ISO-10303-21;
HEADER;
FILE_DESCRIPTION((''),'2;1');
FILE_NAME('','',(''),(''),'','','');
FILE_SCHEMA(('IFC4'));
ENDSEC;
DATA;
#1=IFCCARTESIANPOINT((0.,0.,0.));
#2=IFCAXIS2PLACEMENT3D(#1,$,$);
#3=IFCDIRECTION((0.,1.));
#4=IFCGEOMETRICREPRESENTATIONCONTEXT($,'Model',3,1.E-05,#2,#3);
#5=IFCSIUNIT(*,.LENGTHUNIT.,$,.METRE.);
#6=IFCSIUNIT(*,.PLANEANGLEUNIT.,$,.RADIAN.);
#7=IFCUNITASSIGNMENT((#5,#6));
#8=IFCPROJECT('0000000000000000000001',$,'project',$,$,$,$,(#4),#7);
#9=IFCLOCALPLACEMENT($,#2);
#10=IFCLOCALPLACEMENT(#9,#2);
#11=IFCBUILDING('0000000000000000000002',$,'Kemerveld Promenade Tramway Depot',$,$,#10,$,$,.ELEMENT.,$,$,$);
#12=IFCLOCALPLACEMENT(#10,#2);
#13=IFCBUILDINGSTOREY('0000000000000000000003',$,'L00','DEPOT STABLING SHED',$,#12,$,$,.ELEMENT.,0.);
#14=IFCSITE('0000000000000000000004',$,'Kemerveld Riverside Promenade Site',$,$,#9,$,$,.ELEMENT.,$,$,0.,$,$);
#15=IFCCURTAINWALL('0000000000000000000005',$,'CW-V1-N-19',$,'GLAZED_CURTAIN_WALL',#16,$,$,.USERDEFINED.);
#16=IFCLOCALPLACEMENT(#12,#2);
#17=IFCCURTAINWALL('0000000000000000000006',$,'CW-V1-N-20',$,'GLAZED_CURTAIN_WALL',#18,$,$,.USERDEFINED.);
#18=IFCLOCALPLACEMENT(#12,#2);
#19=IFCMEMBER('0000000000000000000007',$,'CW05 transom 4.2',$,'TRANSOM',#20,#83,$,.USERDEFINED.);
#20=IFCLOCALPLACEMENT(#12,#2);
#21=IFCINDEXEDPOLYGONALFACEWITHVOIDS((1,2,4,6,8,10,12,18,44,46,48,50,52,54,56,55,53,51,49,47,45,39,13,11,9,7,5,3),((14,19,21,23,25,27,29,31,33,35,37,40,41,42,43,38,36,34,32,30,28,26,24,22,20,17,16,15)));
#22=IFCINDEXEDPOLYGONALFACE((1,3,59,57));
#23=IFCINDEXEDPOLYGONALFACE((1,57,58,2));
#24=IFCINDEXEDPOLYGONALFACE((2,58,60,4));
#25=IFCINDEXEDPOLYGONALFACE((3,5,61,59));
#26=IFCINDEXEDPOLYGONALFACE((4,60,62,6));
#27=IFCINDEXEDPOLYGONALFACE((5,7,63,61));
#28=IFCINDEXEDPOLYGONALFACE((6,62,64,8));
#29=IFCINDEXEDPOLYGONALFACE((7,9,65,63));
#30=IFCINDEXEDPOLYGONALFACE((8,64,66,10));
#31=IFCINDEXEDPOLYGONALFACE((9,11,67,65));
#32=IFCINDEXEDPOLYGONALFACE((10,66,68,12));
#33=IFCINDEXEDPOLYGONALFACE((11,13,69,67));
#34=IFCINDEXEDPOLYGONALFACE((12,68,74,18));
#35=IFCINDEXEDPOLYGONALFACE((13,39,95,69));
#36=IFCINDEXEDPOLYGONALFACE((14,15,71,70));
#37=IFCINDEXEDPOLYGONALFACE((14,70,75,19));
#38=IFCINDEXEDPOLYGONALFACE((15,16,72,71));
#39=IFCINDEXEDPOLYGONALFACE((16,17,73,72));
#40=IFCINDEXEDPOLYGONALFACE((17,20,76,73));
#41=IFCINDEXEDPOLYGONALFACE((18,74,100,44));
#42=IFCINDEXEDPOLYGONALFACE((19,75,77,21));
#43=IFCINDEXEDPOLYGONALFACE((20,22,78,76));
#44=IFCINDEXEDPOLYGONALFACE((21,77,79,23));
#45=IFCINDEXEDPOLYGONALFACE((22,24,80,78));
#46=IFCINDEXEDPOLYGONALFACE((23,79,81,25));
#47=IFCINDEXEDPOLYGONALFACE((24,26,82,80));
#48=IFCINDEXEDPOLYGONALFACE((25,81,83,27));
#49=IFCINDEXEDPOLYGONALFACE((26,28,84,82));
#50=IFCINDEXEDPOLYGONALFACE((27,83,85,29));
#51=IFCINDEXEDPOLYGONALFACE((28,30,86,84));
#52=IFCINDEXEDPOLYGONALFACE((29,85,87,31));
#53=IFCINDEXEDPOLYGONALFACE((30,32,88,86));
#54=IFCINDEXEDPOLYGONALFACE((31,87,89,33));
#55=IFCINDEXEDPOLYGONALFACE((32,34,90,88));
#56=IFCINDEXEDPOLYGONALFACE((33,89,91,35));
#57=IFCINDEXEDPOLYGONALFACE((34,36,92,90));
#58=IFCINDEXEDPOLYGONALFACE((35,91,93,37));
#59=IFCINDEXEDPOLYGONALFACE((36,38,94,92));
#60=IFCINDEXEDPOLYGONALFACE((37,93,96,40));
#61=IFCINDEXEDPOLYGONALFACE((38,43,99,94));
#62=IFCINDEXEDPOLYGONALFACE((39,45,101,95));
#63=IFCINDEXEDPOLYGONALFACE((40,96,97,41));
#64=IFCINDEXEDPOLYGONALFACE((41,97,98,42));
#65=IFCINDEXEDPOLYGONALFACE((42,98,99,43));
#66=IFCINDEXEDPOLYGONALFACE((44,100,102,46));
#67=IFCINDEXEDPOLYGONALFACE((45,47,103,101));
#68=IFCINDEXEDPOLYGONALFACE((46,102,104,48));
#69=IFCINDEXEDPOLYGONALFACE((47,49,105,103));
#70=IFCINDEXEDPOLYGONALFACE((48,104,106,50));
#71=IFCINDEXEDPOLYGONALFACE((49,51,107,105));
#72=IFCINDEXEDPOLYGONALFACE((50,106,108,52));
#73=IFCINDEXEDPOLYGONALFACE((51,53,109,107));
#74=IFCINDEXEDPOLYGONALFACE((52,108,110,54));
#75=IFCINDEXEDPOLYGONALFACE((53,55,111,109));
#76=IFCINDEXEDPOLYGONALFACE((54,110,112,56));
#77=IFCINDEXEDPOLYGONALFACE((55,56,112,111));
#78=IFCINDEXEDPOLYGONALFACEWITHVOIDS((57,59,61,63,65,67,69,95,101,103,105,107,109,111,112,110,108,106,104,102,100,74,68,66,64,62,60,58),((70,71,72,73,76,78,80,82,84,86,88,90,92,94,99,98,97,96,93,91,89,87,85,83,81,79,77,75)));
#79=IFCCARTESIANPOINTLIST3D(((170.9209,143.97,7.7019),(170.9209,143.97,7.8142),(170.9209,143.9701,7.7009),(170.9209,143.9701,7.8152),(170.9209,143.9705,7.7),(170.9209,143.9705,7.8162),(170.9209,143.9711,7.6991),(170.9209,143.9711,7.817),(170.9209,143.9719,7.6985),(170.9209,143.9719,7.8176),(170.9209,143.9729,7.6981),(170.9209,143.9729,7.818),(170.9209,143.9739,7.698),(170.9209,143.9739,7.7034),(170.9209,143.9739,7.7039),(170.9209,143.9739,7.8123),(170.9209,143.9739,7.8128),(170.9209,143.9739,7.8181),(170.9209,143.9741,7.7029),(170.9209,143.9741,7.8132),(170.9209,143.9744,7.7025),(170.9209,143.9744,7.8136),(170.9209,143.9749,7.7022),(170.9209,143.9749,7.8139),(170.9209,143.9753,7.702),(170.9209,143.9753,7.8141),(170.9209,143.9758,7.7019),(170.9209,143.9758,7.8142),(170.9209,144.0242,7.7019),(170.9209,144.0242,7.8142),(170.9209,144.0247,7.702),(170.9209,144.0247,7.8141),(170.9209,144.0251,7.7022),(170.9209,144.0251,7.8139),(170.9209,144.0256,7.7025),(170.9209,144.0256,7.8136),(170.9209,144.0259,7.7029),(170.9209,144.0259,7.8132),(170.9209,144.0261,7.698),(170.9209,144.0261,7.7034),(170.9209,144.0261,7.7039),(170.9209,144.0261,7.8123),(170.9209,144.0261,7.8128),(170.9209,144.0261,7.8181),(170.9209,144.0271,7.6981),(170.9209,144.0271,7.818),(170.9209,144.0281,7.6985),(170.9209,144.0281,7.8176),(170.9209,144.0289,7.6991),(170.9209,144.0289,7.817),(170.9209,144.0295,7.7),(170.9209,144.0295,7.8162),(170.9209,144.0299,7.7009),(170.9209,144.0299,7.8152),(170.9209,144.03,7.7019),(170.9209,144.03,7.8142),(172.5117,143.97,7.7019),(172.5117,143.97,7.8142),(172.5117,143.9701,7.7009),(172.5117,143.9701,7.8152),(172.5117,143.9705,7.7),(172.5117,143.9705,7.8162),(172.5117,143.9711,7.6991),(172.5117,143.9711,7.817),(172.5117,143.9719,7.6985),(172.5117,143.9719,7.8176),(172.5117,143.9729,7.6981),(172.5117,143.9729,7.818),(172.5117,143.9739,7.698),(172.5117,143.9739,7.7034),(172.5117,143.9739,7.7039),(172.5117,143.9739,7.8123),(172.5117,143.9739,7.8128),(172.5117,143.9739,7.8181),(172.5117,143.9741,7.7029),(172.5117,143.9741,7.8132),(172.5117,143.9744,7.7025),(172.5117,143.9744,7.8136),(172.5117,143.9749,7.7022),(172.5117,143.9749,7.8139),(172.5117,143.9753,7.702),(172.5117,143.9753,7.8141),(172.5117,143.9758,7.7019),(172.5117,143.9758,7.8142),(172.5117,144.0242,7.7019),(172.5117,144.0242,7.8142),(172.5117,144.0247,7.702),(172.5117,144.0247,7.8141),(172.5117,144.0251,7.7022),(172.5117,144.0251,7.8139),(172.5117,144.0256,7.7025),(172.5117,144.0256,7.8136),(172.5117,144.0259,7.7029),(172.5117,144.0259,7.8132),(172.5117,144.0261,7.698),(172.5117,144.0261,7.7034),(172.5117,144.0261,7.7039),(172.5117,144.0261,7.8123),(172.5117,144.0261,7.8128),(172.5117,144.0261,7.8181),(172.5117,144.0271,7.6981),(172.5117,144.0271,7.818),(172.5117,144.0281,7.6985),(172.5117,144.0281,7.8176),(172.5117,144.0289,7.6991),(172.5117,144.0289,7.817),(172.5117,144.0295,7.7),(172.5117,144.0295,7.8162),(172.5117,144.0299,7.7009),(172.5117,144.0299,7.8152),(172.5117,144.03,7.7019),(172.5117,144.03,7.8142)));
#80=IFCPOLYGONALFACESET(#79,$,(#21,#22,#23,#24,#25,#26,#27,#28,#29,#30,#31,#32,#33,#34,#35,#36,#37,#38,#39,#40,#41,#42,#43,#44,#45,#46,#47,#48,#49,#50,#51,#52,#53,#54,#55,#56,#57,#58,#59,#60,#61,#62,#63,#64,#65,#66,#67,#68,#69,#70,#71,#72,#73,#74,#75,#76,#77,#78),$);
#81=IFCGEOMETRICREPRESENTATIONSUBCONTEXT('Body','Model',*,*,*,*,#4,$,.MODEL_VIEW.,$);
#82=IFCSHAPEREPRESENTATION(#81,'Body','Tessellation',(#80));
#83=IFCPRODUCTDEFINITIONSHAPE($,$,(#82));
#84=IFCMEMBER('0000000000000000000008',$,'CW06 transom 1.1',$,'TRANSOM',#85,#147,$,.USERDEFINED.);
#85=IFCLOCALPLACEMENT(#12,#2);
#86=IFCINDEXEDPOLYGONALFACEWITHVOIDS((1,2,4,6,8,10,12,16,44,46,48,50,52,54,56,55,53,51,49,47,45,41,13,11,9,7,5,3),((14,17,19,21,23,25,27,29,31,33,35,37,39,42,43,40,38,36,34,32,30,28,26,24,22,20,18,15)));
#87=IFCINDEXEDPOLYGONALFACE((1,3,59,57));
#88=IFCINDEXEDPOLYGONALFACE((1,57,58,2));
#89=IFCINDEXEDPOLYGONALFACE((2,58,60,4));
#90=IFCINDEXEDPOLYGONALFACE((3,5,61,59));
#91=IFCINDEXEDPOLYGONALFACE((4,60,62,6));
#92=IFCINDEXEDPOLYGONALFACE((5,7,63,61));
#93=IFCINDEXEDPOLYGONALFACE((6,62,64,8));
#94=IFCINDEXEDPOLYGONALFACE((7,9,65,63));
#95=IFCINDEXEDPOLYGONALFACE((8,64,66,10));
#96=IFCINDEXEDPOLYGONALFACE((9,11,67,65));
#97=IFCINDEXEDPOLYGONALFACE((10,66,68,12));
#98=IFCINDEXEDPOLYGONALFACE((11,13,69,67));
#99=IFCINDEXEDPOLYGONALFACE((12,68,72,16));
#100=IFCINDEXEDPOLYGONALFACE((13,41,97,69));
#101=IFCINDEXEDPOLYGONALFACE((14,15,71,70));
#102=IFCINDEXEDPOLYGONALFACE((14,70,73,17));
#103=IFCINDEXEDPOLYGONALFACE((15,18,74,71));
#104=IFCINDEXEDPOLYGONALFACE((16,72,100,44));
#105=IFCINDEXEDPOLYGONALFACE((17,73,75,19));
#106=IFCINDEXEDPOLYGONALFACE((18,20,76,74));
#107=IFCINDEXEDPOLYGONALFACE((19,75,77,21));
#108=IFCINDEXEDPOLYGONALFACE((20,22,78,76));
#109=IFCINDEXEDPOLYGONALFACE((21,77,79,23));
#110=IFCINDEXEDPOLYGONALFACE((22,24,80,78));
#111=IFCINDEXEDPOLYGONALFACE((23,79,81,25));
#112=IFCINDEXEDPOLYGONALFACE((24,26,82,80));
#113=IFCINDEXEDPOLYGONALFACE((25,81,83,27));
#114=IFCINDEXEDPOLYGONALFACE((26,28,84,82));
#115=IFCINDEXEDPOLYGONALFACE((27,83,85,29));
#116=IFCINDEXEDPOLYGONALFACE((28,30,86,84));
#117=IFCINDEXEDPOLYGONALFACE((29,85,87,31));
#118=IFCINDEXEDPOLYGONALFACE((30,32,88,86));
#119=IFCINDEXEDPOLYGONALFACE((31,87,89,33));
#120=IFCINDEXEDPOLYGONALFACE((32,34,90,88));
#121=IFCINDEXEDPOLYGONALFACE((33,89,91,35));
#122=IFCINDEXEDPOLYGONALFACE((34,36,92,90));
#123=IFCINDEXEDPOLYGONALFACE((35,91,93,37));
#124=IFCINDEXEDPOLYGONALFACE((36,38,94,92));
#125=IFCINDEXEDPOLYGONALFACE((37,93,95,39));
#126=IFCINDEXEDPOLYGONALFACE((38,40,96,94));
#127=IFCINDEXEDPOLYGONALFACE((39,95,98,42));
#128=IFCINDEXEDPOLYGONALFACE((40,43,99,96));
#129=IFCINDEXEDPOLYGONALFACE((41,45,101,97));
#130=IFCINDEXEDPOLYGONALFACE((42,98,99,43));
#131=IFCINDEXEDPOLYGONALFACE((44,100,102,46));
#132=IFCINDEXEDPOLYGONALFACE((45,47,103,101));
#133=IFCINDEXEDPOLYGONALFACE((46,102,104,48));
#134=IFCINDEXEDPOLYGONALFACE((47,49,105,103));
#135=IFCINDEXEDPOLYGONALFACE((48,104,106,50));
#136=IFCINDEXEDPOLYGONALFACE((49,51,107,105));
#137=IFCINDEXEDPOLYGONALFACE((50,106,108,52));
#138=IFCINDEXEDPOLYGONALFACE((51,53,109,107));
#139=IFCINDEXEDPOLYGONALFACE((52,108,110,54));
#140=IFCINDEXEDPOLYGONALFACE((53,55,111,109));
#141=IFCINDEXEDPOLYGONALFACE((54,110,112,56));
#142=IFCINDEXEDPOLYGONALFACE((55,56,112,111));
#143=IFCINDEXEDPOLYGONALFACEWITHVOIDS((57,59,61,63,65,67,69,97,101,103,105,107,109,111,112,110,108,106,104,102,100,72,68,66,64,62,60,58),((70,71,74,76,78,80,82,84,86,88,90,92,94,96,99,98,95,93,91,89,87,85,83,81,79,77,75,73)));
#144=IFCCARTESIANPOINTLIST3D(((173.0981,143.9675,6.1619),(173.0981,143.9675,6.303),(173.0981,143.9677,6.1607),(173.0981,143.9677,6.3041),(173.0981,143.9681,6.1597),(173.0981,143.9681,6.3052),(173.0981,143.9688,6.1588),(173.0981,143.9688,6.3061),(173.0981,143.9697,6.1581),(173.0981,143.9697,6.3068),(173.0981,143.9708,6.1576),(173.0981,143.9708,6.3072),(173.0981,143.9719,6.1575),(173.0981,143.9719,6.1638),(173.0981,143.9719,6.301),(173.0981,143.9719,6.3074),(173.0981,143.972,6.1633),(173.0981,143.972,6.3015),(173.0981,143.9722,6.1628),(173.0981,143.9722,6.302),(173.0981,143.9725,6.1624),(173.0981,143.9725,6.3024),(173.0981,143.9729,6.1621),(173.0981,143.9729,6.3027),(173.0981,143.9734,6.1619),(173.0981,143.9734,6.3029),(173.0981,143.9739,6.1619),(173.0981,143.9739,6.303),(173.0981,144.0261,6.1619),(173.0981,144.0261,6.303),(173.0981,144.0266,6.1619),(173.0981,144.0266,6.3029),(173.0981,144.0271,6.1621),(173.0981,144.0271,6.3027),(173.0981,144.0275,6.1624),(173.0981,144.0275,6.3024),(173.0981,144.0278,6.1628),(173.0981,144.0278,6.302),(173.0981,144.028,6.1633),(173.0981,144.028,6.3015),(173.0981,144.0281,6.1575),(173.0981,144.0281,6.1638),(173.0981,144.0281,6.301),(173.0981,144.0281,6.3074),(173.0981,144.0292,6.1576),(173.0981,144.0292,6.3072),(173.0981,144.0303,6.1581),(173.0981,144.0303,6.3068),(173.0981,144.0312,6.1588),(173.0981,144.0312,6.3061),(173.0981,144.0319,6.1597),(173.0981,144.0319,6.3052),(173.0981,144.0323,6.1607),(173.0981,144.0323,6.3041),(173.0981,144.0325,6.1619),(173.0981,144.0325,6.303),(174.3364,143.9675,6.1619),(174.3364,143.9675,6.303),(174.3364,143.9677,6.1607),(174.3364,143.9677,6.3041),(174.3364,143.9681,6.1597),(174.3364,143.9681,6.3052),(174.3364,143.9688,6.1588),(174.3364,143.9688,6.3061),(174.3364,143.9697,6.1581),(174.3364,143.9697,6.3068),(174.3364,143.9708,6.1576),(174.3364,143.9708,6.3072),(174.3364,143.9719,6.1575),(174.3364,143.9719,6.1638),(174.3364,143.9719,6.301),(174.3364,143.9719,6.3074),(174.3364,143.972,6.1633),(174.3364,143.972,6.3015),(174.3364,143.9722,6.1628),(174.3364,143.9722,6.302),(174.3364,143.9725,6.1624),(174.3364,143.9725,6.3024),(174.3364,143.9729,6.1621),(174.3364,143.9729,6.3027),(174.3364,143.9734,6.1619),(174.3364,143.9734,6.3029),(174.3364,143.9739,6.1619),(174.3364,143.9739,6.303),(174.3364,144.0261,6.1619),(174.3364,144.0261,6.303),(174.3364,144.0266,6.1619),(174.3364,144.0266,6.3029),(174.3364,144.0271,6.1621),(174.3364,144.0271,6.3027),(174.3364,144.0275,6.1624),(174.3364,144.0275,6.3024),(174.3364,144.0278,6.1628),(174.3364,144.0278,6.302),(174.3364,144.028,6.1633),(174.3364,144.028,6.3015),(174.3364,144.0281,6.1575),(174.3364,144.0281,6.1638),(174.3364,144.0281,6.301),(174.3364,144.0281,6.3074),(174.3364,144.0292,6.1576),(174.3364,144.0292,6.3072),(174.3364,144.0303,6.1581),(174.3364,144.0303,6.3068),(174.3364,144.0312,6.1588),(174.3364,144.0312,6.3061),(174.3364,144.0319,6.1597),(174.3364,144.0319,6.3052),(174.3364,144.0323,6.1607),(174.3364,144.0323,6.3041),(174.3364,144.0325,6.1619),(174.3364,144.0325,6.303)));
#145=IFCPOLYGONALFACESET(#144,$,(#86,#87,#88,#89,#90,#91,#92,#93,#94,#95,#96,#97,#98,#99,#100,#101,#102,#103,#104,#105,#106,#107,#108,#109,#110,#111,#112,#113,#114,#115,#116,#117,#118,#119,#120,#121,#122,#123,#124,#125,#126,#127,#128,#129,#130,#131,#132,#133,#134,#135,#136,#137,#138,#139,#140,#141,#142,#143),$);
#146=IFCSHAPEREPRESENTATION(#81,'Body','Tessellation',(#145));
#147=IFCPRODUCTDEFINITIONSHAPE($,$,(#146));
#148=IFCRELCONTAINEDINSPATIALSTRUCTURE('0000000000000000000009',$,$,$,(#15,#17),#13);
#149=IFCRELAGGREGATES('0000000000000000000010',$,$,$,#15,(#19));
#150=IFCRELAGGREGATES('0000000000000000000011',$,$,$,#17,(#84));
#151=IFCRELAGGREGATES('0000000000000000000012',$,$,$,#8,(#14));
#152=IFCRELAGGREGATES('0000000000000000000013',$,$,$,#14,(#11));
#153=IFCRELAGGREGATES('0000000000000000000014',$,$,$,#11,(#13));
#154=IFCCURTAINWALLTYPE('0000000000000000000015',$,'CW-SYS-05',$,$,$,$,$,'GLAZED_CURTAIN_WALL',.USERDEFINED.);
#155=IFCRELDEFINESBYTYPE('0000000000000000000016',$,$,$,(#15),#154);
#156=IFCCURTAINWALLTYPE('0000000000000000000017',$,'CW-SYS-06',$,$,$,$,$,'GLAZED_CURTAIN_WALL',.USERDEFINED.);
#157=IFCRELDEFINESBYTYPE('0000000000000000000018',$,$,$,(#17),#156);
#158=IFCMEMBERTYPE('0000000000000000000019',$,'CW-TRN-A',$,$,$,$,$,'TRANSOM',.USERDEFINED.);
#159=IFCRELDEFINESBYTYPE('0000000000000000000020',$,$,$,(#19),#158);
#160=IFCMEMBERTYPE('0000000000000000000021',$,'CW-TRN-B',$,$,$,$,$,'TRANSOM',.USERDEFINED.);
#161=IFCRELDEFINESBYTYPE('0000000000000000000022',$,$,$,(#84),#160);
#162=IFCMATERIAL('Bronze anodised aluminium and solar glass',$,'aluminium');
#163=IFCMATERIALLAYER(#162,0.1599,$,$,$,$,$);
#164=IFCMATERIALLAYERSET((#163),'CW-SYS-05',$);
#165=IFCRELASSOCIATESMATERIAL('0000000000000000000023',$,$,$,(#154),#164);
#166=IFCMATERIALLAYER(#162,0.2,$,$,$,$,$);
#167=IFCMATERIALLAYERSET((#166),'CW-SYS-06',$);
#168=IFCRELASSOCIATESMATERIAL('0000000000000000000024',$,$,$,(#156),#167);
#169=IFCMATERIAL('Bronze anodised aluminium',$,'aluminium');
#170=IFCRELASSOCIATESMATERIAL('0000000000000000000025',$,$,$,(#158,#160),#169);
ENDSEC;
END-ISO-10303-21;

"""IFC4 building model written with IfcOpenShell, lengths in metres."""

from ifc_helpers import new_model, si_unit, direction, frame, origin, origin_2d, place, context, subcontext, project, spatial, hollow_rectangle, extrude, material, layer, layer_set, material_profile, profile_set, type_object, element, aggregate, save


model = new_model("IFC4")

# Units and contexts
model_context = context("Model", 3, precision=1e-05, world=origin(), true_north=direction((0.0, 1.0)))
body_context = subcontext(model_context, "Body", "Model", "MODEL_VIEW")
ifc_project = project(units=[si_unit("LENGTHUNIT", "METRE"), si_unit("PLANEANGLEUNIT", "RADIAN")], contexts=[model_context])

# Site, building, storey
site_placement = place(None, origin())
site = spatial("IfcSite", under=ifc_project, at=site_placement, Name="Kemerveld Riverside Promenade Site", CompositionType="ELEMENT", RefElevation=0.0)
building_placement = place(site_placement, origin())
building = spatial("IfcBuilding", under=site, at=building_placement, Name="Kemerveld Promenade Tramway Depot", CompositionType="ELEMENT")
storey_placement = place(building_placement, origin())
storey = spatial("IfcBuildingStorey", under=building, at=storey_placement, Name="L00", Description="DEPOT STABLING SHED", CompositionType="ELEMENT", Elevation=0.0)

# Curtain walls
ifc_material_1 = material(Name="Bronze anodised aluminium and solar glass", Category="aluminium")
ifc_layer_1 = layer(ifc_material_1, 0.1599)
ifc_layer_set_1 = layer_set([ifc_layer_1], Name="CW-SYS-05")
curtain_wall_type_1 = type_object("IfcCurtainWallType", Name="CW-SYS-05", ElementType="GLAZED_CURTAIN_WALL", PredefinedType="USERDEFINED", material=ifc_layer_set_1)
curtain_wall_1_placement = place(storey_placement, origin())
curtain_wall_1 = element("IfcCurtainWall", 1, at=curtain_wall_1_placement, inside=storey, type_object=curtain_wall_type_1, Name="CW-V1-N-19", ObjectType="GLAZED_CURTAIN_WALL", PredefinedType="USERDEFINED")
ifc_material_2 = material(Name="Bronze anodised aluminium", Category="aluminium")
ifc_layer_2 = layer(ifc_material_1, 0.2)
ifc_layer_set_2 = layer_set([ifc_layer_2], Name="CW-SYS-06")
curtain_wall_type_2 = type_object("IfcCurtainWallType", Name="CW-SYS-06", ElementType="GLAZED_CURTAIN_WALL", PredefinedType="USERDEFINED", material=ifc_layer_set_2)
curtain_wall_2_placement = place(storey_placement, origin())
curtain_wall_2 = element("IfcCurtainWall", 2, at=curtain_wall_2_placement, inside=storey, type_object=curtain_wall_type_2, Name="CW-V1-N-20", ObjectType="GLAZED_CURTAIN_WALL", PredefinedType="USERDEFINED")

# Members
ifc_material_profile_1 = material_profile(ifc_material_2, hollow_rectangle(XDim=0.0601, YDim=0.1201, WallThickness=0.0039, InnerFilletRadius=0.002, OuterFilletRadius=0.0039, at=origin_2d()), Name="CW-TRN-120x60")
ifc_profile_set_1 = profile_set([ifc_material_profile_1], Name="Bronze anodised aluminium")
member_type_1 = type_object("IfcMemberType", Name="CW-TRN-A", ElementType="TRANSOM", PredefinedType="USERDEFINED", material=ifc_profile_set_1)
member_1_placement = place(storey_placement, frame((170.9209, 144.0, 7.7581), z_axis=(1.0, 0.0, 0.0), x_axis=(0.0, 1.0, 0.0)))
member_1 = element("IfcMember", 3, at=member_1_placement, type_object=member_type_1, Name="CW05 transom 4.2", ObjectType="TRANSOM", PredefinedType="USERDEFINED", context=body_context, shape_type="SweptSolid", body=[
    extrude(hollow_rectangle(XDim=0.0601, YDim=0.1201, WallThickness=0.0039, InnerFilletRadius=0.002, OuterFilletRadius=0.0039, at=origin_2d()), origin(), (0.0, 0.0, 1.0), 1.5908),
])
ifc_material_profile_2 = material_profile(ifc_material_2, hollow_rectangle(XDim=0.0649, YDim=0.1499, WallThickness=0.0044, InnerFilletRadius=0.002, OuterFilletRadius=0.0044, at=origin_2d()), Name="CW-TRN-150x65")
ifc_profile_set_2 = profile_set([ifc_material_profile_2], Name="Bronze anodised aluminium")
member_type_2 = type_object("IfcMemberType", Name="CW-TRN-B", ElementType="TRANSOM", PredefinedType="USERDEFINED", material=ifc_profile_set_2)
member_2_placement = place(storey_placement, frame((173.0981, 144.0, 6.2324), z_axis=(1.0, 0.0, 0.0), x_axis=(0.0, 1.0, 0.0)))
member_2 = element("IfcMember", 4, at=member_2_placement, type_object=member_type_2, Name="CW06 transom 1.1", ObjectType="TRANSOM", PredefinedType="USERDEFINED", context=body_context, shape_type="SweptSolid", body=[
    extrude(hollow_rectangle(XDim=0.0649, YDim=0.1499, WallThickness=0.0044, InnerFilletRadius=0.002, OuterFilletRadius=0.0044, at=origin_2d()), origin(), (0.0, 0.0, 1.0), 1.2383),
])

aggregate(curtain_wall_1, [member_1])
aggregate(curtain_wall_2, [member_2])

save(model, "model.ifc")
